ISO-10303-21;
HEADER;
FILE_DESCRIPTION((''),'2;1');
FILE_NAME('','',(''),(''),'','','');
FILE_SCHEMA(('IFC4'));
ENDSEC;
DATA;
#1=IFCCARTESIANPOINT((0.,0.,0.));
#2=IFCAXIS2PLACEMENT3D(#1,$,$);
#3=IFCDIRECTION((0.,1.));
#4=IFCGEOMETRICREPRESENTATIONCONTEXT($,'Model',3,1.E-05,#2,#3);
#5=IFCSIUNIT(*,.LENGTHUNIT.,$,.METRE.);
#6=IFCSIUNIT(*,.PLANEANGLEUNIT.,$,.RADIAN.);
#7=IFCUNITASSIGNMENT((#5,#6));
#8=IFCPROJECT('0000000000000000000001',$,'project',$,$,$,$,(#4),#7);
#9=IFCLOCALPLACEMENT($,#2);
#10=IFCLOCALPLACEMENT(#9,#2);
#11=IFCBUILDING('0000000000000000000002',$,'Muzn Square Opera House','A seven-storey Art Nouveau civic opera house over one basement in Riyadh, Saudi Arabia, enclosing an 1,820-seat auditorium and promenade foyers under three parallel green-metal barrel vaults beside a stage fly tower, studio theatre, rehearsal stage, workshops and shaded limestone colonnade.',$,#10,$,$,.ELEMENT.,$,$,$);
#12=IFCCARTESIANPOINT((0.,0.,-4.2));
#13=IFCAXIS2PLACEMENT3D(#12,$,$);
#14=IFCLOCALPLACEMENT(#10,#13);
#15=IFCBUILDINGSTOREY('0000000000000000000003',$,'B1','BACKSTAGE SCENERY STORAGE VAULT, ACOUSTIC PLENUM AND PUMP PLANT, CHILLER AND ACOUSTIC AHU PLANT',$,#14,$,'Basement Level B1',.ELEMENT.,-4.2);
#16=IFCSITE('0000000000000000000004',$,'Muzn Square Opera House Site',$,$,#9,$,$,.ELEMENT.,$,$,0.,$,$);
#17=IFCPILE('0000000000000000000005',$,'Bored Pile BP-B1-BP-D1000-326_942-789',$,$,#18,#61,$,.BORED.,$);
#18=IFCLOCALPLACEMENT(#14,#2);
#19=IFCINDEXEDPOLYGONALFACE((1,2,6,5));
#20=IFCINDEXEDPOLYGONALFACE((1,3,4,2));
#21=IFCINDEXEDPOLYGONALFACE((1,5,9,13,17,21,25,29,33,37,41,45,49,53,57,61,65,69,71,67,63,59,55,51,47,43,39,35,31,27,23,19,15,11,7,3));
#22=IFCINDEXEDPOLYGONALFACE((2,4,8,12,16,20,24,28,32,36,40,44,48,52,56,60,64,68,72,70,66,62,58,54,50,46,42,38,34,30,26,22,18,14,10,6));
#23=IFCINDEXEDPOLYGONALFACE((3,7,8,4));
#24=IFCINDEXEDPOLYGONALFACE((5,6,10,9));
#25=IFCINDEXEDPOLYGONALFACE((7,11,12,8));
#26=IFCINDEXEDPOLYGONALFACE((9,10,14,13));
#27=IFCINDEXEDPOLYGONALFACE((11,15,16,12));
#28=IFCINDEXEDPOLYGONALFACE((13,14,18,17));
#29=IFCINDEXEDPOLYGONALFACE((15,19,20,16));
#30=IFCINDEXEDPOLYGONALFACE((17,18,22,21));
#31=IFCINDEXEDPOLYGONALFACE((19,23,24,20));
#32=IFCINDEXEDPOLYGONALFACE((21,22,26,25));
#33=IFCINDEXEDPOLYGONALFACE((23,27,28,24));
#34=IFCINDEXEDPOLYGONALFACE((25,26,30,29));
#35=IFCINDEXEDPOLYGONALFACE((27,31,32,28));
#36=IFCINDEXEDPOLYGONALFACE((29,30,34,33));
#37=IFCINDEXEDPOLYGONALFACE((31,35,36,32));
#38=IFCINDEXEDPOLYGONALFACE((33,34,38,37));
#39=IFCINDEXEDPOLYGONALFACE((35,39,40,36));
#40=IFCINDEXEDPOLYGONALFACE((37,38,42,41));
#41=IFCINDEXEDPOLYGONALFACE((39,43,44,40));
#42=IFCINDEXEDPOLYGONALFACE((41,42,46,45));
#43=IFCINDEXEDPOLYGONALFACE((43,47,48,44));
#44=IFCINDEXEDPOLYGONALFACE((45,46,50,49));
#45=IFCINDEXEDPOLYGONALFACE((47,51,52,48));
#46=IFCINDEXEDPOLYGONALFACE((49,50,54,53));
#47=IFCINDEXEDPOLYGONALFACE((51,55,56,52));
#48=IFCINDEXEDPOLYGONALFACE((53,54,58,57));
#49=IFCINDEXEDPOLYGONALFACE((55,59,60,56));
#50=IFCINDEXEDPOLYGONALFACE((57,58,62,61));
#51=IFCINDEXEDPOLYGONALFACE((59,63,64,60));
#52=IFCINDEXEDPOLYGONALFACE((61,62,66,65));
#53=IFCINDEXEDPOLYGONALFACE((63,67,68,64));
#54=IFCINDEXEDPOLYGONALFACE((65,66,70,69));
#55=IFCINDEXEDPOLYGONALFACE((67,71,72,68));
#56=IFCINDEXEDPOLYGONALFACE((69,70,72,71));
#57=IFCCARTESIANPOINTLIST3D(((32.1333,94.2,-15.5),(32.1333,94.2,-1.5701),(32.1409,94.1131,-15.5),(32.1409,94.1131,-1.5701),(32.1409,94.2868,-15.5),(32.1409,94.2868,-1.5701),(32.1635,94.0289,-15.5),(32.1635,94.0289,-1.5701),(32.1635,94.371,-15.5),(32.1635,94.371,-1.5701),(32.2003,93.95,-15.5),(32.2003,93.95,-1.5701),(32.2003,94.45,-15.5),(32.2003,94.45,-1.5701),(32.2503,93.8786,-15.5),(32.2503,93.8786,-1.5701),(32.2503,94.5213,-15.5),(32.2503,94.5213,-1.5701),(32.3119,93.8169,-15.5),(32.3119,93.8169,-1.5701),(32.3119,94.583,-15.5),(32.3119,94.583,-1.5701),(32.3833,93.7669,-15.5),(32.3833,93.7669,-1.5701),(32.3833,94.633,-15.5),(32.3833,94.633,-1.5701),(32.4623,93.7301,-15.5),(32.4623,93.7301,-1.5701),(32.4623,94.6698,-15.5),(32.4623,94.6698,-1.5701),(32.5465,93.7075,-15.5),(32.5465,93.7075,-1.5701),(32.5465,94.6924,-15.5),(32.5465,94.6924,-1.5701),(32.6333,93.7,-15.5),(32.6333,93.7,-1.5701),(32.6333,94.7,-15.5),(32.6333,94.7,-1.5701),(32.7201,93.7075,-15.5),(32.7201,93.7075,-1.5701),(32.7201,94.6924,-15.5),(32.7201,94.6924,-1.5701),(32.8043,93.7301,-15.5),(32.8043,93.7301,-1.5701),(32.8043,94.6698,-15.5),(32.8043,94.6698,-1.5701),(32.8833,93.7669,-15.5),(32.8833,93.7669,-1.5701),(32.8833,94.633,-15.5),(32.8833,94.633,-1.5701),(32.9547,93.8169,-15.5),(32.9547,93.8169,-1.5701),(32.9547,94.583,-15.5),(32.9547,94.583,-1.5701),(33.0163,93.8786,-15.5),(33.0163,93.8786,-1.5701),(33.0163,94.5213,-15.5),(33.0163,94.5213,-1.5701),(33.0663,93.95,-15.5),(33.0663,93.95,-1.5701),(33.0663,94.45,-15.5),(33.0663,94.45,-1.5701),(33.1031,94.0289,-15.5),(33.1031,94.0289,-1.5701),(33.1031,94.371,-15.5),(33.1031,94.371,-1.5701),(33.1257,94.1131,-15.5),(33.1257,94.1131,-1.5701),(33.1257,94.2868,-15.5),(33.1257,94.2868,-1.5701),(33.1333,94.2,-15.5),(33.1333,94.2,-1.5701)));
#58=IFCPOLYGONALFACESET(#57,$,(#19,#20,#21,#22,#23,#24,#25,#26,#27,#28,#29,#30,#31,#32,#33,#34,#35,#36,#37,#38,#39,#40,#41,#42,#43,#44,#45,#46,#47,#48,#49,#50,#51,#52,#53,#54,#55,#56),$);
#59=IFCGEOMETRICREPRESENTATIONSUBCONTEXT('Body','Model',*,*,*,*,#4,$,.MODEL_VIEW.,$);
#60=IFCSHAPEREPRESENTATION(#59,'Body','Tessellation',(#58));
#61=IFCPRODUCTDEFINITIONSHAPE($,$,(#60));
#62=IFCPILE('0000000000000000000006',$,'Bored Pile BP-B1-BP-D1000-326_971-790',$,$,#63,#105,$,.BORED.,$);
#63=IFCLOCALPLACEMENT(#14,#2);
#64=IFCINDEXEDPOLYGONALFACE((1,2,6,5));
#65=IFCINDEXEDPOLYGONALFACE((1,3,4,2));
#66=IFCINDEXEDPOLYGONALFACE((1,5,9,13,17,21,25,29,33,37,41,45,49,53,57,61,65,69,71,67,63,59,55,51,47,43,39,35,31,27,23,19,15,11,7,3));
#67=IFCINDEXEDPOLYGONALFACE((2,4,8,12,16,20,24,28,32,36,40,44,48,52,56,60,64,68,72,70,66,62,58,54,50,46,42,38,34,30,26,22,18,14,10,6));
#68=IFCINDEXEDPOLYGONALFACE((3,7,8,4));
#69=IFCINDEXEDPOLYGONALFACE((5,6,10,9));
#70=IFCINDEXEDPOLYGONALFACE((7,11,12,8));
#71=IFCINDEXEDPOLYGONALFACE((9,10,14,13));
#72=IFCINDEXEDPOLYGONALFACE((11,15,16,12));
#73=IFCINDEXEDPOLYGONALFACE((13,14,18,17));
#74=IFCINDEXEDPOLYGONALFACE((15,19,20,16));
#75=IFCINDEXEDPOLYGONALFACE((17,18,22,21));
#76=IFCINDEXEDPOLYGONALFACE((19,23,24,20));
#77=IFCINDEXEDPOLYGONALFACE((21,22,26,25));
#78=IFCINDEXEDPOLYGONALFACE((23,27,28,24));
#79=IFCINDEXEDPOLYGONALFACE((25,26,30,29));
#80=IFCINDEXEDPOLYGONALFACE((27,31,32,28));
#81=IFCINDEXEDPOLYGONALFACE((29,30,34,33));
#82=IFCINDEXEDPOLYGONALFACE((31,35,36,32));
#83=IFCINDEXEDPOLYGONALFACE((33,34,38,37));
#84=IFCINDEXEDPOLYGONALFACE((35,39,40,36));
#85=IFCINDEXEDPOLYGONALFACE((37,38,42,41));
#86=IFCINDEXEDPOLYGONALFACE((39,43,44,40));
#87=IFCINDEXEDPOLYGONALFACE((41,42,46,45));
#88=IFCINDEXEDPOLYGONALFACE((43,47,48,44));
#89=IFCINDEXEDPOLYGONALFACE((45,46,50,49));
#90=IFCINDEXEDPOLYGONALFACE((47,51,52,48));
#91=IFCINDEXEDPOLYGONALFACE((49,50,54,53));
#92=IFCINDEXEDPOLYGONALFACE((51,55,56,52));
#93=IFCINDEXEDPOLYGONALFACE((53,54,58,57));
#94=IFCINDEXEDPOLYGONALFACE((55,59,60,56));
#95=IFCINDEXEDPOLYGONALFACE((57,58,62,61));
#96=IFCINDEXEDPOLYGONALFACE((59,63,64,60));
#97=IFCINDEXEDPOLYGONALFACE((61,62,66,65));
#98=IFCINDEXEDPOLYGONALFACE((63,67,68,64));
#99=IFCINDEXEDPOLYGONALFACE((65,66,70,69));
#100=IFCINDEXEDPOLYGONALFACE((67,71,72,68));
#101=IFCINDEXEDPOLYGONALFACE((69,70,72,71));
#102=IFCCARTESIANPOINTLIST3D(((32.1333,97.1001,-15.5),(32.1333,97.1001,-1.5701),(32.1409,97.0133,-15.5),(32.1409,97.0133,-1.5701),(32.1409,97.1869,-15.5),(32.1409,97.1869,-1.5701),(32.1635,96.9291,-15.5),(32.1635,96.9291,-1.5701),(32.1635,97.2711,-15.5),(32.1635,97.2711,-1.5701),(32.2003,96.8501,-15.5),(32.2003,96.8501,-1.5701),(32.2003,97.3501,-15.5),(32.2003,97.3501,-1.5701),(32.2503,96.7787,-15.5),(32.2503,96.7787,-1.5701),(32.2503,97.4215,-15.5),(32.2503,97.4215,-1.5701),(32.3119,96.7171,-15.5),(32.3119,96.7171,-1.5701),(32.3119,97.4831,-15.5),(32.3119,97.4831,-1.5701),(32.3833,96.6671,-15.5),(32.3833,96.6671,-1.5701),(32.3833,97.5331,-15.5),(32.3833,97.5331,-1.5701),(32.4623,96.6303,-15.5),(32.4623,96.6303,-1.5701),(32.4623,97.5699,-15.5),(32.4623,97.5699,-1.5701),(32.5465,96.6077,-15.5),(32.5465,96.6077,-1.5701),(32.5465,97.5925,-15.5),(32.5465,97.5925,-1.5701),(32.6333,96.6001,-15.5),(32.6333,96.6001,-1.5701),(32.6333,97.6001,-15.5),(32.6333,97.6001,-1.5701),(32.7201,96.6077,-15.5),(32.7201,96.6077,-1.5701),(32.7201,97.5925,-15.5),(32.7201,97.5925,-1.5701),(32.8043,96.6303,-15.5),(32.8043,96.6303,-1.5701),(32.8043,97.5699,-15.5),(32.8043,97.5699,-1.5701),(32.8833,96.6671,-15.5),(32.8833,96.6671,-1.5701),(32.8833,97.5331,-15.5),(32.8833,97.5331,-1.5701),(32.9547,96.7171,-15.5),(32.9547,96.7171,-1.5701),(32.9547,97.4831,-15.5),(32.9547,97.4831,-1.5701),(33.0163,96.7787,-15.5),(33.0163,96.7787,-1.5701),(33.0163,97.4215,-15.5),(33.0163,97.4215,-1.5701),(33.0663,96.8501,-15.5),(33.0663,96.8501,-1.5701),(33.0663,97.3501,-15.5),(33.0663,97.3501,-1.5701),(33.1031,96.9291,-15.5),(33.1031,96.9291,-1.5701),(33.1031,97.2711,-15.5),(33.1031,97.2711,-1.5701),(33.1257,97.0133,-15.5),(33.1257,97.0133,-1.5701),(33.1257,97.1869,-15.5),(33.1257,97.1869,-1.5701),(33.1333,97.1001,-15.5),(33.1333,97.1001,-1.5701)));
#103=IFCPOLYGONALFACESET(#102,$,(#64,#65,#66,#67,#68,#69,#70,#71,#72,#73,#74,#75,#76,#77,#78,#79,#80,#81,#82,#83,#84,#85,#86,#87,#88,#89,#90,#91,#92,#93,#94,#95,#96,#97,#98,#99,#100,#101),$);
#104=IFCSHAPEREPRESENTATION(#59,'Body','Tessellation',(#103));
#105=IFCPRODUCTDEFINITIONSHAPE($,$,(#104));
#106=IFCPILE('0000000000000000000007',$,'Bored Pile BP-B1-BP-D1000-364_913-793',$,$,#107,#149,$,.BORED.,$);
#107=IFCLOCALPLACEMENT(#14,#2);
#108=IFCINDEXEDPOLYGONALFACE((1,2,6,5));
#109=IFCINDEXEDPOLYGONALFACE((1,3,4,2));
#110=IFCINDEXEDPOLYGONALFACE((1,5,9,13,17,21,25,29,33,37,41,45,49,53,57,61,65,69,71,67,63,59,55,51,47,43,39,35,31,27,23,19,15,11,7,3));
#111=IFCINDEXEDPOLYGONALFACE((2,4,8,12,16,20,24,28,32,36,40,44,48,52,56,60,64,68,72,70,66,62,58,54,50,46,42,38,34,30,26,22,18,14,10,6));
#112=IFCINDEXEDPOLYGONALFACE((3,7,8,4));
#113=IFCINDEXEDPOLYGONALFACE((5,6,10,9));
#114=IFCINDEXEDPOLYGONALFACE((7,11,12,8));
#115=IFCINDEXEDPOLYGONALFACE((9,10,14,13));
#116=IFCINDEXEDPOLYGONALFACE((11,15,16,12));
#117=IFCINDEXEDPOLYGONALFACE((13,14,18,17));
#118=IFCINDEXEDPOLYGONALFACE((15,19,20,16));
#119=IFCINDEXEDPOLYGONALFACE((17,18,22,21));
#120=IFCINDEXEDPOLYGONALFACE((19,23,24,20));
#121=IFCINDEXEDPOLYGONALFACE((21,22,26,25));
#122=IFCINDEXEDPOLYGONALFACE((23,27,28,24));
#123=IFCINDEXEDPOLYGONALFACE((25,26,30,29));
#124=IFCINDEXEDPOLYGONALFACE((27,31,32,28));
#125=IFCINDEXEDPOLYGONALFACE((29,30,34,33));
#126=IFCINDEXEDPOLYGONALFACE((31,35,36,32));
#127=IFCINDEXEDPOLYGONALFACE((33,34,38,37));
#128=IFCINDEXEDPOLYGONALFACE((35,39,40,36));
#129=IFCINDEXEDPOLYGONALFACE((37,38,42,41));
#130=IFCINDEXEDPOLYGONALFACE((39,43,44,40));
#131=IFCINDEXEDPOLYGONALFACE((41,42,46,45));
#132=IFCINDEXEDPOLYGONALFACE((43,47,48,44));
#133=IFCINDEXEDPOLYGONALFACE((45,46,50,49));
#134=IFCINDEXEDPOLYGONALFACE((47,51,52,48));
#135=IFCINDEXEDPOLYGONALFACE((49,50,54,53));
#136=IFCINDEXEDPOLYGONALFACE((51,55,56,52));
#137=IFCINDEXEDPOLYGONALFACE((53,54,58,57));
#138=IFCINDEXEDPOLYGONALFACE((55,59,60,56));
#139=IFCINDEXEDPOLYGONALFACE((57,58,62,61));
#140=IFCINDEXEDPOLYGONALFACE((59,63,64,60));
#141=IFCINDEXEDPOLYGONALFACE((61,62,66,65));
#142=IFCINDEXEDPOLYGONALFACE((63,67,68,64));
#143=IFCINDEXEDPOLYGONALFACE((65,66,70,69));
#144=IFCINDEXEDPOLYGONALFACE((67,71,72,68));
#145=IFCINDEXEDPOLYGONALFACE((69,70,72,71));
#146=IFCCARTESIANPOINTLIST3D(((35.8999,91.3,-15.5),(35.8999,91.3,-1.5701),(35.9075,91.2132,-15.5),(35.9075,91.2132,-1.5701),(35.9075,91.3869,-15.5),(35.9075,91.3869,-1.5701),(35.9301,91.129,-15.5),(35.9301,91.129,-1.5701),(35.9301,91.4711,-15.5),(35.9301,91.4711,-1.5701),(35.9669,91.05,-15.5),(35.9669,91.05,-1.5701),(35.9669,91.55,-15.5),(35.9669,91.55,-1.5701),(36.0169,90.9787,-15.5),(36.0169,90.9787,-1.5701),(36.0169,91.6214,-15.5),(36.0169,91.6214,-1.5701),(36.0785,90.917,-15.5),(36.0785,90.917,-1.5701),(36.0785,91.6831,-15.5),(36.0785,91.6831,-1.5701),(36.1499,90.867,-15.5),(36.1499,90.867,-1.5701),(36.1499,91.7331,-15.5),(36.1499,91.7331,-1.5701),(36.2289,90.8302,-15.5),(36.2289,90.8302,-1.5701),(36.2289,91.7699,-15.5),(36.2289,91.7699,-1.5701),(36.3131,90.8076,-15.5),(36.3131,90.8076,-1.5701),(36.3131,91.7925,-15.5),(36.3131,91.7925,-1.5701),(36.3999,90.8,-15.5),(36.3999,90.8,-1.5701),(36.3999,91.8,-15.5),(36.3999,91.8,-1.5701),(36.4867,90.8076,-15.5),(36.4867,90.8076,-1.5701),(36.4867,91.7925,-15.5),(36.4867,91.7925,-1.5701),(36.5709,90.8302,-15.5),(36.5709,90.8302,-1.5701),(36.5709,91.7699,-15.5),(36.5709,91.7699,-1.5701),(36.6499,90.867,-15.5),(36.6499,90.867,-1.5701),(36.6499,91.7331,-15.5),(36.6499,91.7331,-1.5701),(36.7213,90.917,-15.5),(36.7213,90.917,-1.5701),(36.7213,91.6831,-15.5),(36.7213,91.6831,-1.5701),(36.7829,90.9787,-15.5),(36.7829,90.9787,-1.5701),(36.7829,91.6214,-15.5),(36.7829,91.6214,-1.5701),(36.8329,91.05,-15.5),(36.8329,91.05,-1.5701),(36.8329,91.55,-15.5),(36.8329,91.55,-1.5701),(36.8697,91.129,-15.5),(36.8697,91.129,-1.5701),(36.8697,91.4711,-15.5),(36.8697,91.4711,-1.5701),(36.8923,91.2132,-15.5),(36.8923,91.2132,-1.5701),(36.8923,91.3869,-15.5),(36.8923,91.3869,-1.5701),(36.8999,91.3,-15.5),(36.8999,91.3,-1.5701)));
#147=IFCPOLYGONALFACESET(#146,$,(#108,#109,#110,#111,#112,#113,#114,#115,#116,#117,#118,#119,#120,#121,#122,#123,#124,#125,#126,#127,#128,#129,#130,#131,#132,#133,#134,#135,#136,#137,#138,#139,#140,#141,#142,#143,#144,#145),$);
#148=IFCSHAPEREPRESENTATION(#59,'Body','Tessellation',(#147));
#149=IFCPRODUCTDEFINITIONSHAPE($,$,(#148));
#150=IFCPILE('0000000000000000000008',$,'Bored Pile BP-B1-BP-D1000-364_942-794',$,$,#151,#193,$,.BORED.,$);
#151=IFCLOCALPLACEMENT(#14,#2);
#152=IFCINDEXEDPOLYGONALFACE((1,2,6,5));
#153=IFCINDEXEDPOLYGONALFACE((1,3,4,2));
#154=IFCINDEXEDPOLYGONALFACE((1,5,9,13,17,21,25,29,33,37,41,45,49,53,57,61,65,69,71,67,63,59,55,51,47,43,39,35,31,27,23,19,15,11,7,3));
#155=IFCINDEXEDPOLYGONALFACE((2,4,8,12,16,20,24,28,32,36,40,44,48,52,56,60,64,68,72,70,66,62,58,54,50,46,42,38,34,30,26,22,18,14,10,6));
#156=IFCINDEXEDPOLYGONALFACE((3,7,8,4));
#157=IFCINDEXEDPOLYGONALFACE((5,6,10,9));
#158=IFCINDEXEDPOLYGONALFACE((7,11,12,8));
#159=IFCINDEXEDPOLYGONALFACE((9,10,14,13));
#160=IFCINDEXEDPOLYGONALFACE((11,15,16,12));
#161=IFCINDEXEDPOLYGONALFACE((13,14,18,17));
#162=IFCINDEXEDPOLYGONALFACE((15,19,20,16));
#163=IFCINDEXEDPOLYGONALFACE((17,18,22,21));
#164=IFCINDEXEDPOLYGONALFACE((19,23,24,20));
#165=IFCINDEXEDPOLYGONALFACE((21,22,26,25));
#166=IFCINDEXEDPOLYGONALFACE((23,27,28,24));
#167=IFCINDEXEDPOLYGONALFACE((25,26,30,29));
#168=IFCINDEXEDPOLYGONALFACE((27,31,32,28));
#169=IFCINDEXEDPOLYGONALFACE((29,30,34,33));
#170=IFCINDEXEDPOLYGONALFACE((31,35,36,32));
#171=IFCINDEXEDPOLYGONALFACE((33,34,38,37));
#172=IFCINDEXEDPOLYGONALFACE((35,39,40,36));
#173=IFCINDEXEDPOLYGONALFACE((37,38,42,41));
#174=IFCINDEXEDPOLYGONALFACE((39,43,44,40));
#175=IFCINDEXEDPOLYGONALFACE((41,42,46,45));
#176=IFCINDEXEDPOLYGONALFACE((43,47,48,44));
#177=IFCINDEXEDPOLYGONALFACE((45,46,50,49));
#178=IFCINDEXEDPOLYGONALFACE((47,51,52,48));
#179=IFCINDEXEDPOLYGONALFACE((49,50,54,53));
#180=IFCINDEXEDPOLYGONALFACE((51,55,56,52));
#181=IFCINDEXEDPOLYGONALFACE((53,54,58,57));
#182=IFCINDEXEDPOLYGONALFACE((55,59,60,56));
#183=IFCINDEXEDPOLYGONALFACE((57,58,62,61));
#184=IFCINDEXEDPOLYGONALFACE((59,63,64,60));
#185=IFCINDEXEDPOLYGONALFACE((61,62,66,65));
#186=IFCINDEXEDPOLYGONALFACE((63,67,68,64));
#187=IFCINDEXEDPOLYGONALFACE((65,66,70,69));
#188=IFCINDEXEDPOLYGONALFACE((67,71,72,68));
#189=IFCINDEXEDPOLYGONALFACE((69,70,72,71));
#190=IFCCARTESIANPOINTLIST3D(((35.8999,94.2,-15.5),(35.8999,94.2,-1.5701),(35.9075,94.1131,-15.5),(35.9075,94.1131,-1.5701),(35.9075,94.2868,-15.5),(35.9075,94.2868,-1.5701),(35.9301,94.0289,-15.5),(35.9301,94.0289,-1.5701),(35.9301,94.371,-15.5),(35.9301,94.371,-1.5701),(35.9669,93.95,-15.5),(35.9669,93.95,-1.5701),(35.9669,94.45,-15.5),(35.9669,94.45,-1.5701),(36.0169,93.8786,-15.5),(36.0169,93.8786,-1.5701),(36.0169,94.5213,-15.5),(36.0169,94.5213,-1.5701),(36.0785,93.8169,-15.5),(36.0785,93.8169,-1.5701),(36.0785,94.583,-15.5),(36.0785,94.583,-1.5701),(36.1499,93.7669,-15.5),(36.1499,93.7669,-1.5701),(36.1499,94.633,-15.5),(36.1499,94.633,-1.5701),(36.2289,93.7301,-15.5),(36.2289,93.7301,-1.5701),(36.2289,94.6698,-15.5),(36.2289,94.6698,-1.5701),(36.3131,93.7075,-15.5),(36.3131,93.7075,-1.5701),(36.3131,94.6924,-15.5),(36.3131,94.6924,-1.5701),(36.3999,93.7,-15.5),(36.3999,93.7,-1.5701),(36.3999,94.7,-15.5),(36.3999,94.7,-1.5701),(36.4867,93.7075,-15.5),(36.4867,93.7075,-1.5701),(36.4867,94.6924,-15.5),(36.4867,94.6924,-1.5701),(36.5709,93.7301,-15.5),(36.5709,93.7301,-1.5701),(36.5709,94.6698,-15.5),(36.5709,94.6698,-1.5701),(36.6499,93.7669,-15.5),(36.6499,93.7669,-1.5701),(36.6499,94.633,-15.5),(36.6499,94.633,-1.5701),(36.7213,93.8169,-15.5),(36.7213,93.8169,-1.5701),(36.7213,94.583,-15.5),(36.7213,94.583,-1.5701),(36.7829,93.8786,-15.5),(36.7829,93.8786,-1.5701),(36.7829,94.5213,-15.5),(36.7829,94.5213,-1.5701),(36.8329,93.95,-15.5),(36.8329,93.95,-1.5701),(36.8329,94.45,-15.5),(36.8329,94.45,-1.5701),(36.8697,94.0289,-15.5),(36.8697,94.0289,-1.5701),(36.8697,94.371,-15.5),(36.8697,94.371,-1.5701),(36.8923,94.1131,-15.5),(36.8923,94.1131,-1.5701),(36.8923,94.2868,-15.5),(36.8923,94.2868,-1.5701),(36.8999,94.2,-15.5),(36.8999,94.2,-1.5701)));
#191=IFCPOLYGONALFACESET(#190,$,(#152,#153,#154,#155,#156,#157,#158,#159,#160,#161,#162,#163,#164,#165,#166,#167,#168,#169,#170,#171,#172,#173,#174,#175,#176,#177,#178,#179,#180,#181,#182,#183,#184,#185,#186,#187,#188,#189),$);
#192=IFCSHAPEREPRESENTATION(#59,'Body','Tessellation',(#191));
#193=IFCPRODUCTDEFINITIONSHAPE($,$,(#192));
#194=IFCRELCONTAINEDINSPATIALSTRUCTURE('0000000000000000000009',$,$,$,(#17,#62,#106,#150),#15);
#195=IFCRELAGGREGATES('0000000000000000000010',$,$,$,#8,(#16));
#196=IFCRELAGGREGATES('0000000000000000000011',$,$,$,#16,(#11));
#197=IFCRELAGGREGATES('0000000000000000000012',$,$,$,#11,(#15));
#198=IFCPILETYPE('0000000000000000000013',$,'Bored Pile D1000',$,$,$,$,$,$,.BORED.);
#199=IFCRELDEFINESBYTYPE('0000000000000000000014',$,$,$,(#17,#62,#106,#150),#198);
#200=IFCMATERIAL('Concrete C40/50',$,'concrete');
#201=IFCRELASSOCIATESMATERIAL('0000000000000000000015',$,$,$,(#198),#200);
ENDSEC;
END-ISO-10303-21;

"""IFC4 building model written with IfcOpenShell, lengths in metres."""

from ifc_helpers import new_model, si_unit, direction, frame, origin, origin_2d, place, context, subcontext, project, spatial, circle, extrude, material, material_profile, profile_set, type_object, element, save


model = new_model("IFC4")

# Units and contexts
model_context = context("Model", 3, precision=1e-05, world=origin(), true_north=direction((0.0, 1.0)))
body_context = subcontext(model_context, "Body", "Model", "MODEL_VIEW")
ifc_project = project(units=[si_unit("LENGTHUNIT", "METRE"), si_unit("PLANEANGLEUNIT", "RADIAN")], contexts=[model_context])

# Site, building, storey
site_placement = place(None, origin())
site = spatial("IfcSite", under=ifc_project, at=site_placement, Name="Muzn Square Opera House Site", CompositionType="ELEMENT", RefElevation=0.0)
building_placement = place(site_placement, origin())
building = spatial("IfcBuilding", under=site, at=building_placement, Name="Muzn Square Opera House", Description="A seven-storey Art Nouveau civic opera house over one basement in Riyadh, Saudi Arabia, enclosing an 1,820-seat auditorium and promenade foyers under three parallel green-metal barrel vaults beside a stage fly tower, studio theatre, rehearsal stage, workshops and shaded limestone colonnade.", CompositionType="ELEMENT")
storey_placement = place(building_placement, frame((0.0, 0.0, -4.2)))
storey = spatial("IfcBuildingStorey", under=building, at=storey_placement, Name="B1", Description="BACKSTAGE SCENERY STORAGE VAULT, ACOUSTIC PLENUM AND PUMP PLANT, CHILLER AND ACOUSTIC AHU PLANT", LongName="Basement Level B1", CompositionType="ELEMENT", Elevation=-4.2)

# Piles
ifc_material_1 = material(Name="Concrete C40/50", Category="concrete")
ifc_material_profile_1 = material_profile(ifc_material_1, circle(Radius=0.5, at=origin_2d()), Name="BORED PILE D1000", Category="concrete")
ifc_profile_set_1 = profile_set([ifc_material_profile_1], Name="Concrete C40/50")
pile_type_1 = type_object("IfcPileType", Name="Bored Pile D1000", PredefinedType="BORED", material=ifc_profile_set_1)
for number, where, z_axis, x_axis, name in (
    (1, (32.6333, 94.2, -1.5701), (0.0, 0.0, -1.0), (1.0, 0.0, 0.0), "Bored Pile BP-B1-BP-D1000-326_942-789"),
    (2, (32.6333, 97.1001, -1.5701), (0.0, 0.0, -1.0), (1.0, 0.0, 0.0), "Bored Pile BP-B1-BP-D1000-326_971-790"),
    (3, (36.3999, 91.3, -1.5701), (0.0, 0.0, -1.0), (1.0, 0.0, 0.0), "Bored Pile BP-B1-BP-D1000-364_913-793"),
    (4, (36.3999, 94.2, -1.5701), (0.0, 0.0, -1.0), (1.0, 0.0, 0.0), "Bored Pile BP-B1-BP-D1000-364_942-794"),
):
    element("IfcPile", number, at=place(storey_placement, frame(where, z_axis=z_axis, x_axis=x_axis)), inside=storey, type_object=pile_type_1, Name=name, PredefinedType="BORED", context=body_context, shape_type="SweptSolid", body=[
        extrude(circle(Radius=0.5, at=origin_2d()), origin(), (0.0, 0.0, 1.0), 13.9299),
    ])

save(model, "model.ifc")
